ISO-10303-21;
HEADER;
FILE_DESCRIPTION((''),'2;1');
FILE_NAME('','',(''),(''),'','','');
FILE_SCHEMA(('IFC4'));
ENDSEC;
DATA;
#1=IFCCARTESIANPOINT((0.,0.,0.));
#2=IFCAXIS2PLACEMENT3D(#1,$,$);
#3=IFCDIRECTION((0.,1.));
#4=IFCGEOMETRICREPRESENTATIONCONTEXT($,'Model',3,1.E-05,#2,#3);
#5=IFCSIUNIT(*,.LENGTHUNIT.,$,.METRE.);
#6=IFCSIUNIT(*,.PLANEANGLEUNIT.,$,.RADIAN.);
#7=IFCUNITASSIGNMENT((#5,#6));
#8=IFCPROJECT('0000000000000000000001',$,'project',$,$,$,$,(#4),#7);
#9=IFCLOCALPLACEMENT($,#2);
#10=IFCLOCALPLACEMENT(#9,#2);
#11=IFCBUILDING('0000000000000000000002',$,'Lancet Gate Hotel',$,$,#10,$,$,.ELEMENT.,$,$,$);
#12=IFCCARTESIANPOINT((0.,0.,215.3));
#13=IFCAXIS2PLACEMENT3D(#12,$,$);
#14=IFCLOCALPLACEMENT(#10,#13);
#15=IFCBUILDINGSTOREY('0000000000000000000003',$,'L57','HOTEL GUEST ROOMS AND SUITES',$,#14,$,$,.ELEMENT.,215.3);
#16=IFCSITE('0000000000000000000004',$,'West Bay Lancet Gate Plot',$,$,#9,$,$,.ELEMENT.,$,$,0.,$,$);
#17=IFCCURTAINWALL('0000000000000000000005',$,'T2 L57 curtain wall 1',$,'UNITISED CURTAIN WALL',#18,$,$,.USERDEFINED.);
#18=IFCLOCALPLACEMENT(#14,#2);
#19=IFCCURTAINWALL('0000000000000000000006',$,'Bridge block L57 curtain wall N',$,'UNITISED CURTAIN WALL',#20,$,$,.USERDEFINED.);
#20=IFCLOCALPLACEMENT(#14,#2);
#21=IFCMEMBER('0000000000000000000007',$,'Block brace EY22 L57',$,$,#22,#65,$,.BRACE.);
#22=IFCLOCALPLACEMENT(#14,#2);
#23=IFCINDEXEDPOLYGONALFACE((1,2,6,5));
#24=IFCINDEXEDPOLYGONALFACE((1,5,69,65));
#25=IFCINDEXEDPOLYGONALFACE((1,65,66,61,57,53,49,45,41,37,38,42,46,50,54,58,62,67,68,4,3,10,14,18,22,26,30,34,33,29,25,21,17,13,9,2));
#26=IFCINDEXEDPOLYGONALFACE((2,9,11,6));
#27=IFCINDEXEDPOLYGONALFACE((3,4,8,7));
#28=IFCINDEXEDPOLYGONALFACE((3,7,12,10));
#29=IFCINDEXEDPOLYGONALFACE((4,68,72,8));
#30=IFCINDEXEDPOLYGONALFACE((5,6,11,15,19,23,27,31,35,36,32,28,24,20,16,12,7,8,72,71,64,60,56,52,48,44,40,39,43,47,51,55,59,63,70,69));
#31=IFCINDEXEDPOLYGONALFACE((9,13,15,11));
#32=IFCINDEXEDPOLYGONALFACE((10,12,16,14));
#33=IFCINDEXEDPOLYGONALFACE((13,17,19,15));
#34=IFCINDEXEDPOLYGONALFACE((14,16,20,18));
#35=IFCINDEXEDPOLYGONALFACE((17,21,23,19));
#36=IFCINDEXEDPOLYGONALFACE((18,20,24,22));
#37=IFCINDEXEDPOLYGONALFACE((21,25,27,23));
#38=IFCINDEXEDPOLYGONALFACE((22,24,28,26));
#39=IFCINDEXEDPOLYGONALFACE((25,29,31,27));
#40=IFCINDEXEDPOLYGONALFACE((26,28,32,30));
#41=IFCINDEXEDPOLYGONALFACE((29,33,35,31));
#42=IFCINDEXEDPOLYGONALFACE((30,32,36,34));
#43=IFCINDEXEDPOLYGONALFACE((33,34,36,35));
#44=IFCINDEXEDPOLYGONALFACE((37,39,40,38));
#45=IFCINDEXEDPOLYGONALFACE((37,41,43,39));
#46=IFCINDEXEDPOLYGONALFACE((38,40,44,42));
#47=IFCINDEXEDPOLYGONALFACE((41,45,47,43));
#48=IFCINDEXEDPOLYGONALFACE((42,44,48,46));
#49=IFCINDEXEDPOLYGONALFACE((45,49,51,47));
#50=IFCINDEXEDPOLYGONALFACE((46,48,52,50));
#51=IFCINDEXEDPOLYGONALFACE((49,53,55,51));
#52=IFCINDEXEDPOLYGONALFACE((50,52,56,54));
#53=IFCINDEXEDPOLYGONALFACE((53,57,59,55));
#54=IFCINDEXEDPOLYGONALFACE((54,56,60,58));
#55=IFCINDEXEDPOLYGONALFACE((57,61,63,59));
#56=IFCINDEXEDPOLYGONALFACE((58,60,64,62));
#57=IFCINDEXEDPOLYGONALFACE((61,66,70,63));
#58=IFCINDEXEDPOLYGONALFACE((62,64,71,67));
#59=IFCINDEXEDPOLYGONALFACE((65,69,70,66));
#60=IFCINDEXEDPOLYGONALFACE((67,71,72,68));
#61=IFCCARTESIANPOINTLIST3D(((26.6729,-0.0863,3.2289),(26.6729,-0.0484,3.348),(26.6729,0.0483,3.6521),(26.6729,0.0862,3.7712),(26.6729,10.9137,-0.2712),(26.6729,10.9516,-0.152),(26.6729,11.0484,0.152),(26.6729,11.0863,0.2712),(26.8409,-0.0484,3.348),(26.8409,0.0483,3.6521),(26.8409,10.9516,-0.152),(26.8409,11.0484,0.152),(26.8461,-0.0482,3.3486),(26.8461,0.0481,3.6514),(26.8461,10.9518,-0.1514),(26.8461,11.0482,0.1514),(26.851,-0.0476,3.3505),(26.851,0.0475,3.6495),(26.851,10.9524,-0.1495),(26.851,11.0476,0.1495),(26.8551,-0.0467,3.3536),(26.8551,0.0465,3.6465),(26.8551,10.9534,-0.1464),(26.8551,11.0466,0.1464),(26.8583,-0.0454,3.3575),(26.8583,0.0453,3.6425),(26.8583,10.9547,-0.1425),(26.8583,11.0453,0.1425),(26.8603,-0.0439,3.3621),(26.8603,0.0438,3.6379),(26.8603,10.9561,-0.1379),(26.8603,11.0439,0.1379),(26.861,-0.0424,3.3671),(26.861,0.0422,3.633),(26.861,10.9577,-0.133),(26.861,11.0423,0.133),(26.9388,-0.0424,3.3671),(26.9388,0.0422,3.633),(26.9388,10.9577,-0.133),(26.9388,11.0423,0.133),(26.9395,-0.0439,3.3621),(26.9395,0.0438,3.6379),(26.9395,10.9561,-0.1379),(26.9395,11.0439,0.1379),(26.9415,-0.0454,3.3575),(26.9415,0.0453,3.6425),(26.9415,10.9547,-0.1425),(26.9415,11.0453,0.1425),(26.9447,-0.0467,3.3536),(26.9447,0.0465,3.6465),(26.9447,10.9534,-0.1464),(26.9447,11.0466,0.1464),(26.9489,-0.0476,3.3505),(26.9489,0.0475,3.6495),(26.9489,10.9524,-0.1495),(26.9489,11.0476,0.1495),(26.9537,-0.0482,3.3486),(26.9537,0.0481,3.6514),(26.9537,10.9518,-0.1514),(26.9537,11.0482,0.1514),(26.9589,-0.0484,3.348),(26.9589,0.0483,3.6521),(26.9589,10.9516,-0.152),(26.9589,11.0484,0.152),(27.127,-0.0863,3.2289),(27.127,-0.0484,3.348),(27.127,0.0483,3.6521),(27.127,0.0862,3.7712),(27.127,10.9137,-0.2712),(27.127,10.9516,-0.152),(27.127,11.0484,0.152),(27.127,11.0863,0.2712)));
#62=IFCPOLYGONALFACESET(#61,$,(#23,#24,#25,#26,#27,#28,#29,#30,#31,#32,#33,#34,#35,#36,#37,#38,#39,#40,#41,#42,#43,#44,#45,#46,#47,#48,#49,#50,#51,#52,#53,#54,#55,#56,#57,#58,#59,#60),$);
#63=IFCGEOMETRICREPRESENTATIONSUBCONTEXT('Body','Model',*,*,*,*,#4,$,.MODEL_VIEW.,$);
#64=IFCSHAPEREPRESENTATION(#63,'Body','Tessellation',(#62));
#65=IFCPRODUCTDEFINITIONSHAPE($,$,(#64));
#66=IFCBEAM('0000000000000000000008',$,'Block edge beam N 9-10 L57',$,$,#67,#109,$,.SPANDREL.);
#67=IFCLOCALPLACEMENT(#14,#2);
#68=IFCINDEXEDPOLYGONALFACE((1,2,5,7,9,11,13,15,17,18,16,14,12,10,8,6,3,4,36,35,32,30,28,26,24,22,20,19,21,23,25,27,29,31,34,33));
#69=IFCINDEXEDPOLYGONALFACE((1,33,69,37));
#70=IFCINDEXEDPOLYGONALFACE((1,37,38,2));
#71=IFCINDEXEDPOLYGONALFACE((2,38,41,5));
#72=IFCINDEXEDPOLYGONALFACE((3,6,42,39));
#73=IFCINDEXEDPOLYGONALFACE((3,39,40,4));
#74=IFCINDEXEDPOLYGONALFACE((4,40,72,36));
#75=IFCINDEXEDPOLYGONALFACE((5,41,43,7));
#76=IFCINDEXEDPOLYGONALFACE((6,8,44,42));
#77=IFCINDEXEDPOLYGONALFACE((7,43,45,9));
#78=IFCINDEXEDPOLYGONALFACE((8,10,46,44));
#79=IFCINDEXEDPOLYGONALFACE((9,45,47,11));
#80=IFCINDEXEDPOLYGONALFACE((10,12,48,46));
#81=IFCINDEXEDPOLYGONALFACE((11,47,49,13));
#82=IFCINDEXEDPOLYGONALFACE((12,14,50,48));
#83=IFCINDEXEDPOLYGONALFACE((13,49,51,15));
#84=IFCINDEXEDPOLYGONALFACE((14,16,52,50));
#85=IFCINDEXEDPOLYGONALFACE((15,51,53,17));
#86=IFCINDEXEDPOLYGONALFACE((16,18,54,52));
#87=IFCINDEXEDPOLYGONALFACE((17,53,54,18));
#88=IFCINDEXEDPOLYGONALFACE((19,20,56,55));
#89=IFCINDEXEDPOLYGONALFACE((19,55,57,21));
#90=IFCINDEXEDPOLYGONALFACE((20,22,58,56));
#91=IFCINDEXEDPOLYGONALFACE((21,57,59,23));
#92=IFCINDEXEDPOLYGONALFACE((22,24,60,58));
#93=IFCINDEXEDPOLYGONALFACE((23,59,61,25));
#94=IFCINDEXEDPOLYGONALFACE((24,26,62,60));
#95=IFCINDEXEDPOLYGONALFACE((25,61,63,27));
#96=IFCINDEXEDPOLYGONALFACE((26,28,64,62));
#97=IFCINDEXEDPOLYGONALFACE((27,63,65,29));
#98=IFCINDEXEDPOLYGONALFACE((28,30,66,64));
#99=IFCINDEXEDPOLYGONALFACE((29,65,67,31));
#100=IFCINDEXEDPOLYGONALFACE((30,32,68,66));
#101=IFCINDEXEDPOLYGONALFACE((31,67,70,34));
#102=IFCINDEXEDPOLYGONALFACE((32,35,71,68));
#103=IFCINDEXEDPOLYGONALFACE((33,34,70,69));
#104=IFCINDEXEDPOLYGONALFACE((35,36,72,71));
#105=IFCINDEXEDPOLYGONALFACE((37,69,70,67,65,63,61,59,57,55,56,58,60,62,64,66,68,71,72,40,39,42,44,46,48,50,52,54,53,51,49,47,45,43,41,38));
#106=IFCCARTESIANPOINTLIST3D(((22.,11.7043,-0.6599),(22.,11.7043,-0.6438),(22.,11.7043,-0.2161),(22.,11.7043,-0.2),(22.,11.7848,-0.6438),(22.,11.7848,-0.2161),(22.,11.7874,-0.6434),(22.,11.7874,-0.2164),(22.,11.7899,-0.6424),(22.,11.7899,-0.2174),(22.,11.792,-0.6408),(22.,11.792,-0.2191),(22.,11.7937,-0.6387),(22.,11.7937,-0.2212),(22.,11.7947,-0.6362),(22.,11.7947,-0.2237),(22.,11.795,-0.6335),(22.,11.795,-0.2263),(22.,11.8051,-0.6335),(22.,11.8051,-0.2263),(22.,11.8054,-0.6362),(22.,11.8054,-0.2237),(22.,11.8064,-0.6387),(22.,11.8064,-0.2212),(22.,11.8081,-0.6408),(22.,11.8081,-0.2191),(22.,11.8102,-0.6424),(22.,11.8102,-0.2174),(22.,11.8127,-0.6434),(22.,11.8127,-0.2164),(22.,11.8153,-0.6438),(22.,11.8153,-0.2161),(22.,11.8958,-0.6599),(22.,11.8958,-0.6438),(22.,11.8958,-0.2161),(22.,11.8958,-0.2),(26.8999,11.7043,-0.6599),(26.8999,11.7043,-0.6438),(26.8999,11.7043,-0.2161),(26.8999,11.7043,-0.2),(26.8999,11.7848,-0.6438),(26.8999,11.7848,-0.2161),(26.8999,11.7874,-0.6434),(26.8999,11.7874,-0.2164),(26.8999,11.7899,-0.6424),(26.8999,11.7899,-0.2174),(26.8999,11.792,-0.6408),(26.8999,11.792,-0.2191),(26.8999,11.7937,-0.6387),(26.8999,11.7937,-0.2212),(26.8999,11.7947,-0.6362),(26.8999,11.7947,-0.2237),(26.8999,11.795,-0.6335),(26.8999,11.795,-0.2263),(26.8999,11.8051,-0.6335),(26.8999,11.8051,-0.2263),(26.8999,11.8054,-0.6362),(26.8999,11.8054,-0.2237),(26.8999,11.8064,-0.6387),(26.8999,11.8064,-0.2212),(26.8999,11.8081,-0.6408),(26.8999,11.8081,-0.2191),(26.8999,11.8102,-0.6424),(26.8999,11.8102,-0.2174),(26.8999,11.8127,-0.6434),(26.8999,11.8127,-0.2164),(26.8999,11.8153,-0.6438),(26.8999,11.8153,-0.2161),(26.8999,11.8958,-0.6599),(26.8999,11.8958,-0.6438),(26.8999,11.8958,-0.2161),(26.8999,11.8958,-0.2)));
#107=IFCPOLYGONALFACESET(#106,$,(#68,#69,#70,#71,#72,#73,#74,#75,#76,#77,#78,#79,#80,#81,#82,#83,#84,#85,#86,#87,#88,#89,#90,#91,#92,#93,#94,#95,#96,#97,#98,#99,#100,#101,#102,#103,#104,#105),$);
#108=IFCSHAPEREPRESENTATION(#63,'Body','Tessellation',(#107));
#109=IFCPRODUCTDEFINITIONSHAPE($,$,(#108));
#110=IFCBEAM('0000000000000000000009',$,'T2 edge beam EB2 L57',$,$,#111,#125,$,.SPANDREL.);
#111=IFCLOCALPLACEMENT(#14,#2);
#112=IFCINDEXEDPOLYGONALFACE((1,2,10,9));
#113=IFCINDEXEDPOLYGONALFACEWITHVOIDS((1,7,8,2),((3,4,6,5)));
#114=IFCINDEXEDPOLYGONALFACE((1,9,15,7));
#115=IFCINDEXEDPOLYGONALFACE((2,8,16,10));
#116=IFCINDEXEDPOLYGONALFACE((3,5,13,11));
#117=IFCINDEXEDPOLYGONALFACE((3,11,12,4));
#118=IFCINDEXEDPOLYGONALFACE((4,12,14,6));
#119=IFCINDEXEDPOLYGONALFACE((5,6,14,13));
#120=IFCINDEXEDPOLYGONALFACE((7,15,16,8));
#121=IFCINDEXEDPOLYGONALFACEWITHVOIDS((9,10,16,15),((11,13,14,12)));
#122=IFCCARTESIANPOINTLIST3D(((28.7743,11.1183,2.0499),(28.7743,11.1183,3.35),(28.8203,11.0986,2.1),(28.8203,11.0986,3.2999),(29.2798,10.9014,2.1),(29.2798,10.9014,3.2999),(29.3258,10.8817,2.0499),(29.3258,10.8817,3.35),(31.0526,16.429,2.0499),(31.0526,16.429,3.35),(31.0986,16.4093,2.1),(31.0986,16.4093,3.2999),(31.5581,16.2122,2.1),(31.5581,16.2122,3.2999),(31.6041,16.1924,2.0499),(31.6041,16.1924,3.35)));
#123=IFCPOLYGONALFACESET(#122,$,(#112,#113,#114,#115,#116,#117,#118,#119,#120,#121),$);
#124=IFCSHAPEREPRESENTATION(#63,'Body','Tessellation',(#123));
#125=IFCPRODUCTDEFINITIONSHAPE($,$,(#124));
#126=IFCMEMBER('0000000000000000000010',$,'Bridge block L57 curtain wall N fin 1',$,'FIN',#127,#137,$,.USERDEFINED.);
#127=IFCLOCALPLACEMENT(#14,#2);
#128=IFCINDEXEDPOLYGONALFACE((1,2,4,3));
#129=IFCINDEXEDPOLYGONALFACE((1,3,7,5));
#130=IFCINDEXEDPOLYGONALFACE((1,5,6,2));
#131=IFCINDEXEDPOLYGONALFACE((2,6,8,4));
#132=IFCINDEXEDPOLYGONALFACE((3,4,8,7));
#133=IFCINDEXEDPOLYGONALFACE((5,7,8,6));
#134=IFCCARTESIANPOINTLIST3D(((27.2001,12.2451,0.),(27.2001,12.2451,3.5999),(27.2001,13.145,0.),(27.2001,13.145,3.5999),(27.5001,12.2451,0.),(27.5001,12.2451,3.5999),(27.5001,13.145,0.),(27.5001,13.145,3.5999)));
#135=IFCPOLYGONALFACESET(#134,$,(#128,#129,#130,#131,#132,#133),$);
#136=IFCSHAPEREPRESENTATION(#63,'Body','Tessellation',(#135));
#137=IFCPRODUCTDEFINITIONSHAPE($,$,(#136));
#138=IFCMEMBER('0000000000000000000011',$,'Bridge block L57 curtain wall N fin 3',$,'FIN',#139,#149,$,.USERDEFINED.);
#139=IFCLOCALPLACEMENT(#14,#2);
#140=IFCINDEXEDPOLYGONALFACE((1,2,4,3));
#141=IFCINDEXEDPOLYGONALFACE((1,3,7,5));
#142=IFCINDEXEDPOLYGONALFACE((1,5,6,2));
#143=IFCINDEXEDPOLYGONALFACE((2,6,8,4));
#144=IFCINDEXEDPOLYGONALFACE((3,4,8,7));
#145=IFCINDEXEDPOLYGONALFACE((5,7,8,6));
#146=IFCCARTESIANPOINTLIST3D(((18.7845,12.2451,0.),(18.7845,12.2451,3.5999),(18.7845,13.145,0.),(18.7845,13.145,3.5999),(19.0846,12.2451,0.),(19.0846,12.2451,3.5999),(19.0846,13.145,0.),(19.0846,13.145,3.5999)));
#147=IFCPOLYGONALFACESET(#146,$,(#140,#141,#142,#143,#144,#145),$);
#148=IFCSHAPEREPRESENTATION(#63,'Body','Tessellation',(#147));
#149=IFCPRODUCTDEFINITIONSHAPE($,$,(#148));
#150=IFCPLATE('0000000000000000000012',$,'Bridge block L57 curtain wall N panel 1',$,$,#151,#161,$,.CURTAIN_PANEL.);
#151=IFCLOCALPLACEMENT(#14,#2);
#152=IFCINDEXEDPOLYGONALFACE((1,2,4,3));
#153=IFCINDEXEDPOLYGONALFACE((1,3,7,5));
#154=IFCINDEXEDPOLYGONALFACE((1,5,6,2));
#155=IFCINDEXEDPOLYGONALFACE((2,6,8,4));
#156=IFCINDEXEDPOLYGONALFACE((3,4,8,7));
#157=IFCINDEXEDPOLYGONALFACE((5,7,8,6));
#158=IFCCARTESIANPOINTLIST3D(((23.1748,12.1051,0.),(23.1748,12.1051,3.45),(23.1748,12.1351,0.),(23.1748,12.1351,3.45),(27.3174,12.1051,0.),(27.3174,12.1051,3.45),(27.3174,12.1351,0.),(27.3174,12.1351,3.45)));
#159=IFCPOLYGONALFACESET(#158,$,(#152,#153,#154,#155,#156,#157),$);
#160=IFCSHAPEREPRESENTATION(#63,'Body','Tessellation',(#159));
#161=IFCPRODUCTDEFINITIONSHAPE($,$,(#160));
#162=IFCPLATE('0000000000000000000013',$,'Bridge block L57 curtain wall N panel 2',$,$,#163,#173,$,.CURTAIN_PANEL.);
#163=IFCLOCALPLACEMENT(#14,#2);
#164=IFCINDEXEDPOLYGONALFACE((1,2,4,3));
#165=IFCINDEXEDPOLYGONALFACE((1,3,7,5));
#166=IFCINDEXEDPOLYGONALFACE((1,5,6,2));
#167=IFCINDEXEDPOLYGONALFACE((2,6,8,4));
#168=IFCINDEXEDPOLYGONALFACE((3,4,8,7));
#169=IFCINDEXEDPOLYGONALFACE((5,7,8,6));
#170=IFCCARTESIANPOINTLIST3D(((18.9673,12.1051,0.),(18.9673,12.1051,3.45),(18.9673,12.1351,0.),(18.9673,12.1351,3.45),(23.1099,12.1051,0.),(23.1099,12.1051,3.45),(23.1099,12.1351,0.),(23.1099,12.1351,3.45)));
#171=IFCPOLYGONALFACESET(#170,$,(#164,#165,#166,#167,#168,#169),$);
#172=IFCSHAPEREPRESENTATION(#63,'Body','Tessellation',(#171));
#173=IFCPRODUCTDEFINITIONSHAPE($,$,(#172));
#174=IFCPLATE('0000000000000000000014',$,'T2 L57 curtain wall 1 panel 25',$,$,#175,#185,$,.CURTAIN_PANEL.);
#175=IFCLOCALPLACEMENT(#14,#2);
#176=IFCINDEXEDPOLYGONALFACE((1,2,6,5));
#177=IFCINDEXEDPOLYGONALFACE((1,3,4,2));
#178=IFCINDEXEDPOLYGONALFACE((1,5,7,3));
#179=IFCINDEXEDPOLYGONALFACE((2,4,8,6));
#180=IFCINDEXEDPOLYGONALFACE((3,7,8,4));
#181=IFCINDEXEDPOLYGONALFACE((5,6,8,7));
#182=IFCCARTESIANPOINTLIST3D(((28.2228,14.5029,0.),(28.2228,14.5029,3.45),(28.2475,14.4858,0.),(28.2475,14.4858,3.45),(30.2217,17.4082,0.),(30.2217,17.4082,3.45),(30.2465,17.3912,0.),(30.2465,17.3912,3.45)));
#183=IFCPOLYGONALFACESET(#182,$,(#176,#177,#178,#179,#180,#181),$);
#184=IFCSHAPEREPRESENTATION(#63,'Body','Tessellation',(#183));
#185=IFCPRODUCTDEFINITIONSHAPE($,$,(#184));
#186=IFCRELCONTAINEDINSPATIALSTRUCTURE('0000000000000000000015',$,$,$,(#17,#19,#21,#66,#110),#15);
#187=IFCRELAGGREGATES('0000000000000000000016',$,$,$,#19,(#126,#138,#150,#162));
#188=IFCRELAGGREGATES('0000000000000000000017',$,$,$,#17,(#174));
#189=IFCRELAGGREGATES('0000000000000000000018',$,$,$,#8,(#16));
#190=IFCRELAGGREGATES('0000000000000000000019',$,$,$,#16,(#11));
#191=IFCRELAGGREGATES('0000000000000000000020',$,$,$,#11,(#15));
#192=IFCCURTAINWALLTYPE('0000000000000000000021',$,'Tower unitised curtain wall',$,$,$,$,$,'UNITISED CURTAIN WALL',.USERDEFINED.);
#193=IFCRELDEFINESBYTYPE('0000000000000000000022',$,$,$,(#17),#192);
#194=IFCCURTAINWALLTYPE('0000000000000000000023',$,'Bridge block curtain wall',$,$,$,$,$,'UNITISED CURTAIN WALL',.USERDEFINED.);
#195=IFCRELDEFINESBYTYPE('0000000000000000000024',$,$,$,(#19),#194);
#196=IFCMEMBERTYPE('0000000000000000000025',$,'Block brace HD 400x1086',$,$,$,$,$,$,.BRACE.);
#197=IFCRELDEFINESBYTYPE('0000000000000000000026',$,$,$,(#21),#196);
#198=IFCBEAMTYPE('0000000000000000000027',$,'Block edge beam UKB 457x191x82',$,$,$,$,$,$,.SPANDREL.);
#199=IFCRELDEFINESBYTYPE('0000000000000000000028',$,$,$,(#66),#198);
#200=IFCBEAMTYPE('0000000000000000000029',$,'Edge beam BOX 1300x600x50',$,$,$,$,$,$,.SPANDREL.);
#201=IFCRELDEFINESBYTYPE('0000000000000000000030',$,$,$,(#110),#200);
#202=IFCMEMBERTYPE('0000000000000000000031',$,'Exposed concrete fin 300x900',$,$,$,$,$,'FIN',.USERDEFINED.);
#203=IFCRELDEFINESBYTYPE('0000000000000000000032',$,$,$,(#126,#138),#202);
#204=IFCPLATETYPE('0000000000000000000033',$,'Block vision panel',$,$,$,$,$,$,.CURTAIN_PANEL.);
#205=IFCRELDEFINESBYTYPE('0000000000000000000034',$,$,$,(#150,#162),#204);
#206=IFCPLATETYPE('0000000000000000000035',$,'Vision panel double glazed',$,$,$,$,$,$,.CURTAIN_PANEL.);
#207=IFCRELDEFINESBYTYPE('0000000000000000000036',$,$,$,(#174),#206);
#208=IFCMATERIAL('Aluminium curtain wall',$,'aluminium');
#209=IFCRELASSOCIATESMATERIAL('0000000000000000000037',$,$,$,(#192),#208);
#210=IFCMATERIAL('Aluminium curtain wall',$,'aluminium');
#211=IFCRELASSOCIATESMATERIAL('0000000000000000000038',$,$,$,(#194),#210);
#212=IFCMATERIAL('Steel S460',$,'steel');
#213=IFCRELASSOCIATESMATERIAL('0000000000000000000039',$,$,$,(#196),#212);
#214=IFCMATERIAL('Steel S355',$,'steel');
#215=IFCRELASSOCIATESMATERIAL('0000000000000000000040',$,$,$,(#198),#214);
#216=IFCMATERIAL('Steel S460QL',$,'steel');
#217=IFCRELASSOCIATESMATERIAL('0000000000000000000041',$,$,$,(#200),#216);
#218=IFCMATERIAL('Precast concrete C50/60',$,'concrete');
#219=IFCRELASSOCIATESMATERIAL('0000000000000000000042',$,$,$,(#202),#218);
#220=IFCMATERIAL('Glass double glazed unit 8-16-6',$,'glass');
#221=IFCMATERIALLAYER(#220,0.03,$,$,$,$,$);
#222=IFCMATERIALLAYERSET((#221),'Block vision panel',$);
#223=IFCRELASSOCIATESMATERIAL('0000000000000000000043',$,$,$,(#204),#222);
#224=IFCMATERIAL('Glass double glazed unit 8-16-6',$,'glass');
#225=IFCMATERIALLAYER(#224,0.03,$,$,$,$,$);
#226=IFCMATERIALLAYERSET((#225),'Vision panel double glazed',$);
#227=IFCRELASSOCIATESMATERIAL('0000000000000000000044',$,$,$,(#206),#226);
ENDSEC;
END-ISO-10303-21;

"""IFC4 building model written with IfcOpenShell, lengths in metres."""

from ifc_helpers import new_model, si_unit, direction, frame, origin, origin_2d, place, context, subcontext, project, spatial, rectangle, hollow_rectangle, i_section, extrude, material, layer, layer_set, material_profile, profile_set, type_object, element, aggregate, save


model = new_model("IFC4")

# Units and contexts
model_context = context("Model", 3, precision=1e-05, world=origin(), true_north=direction((0.0, 1.0)))
body_context = subcontext(model_context, "Body", "Model", "MODEL_VIEW")
ifc_project = project(units=[si_unit("LENGTHUNIT", "METRE"), si_unit("PLANEANGLEUNIT", "RADIAN")], contexts=[model_context])

# Site, building, storey
site_placement = place(None, origin())
site = spatial("IfcSite", under=ifc_project, at=site_placement, Name="West Bay Lancet Gate Plot", CompositionType="ELEMENT", RefElevation=0.0)
building_placement = place(site_placement, origin())
building = spatial("IfcBuilding", under=site, at=building_placement, Name="Lancet Gate Hotel", CompositionType="ELEMENT")
storey_placement = place(building_placement, frame((0.0, 0.0, 215.3)))
storey = spatial("IfcBuildingStorey", under=building, at=storey_placement, Name="L57", Description="HOTEL GUEST ROOMS AND SUITES", CompositionType="ELEMENT", Elevation=215.3)

# Curtain walls
ifc_material_1 = material(Name="Aluminium curtain wall", Category="aluminium")
curtain_wall_type_1 = type_object("IfcCurtainWallType", Name="Tower unitised curtain wall", ElementType="UNITISED CURTAIN WALL", PredefinedType="USERDEFINED", material=ifc_material_1)
curtain_wall_1_placement = place(storey_placement, origin())
curtain_wall_1 = element("IfcCurtainWall", 1, at=curtain_wall_1_placement, inside=storey, type_object=curtain_wall_type_1, Name="T2 L57 curtain wall 1", ObjectType="UNITISED CURTAIN WALL", PredefinedType="USERDEFINED")
ifc_material_2 = material(Name="Aluminium curtain wall", Category="aluminium")
curtain_wall_type_2 = type_object("IfcCurtainWallType", Name="Bridge block curtain wall", ElementType="UNITISED CURTAIN WALL", PredefinedType="USERDEFINED", material=ifc_material_2)
curtain_wall_2_placement = place(storey_placement, origin())
curtain_wall_2 = element("IfcCurtainWall", 2, at=curtain_wall_2_placement, inside=storey, type_object=curtain_wall_type_2, Name="Bridge block L57 curtain wall N", ObjectType="UNITISED CURTAIN WALL", PredefinedType="USERDEFINED")

# Member
ifc_material_3 = material(Name="Steel S460", Category="steel")
ifc_material_profile_1 = material_profile(ifc_material_3, i_section(OverallWidth=0.4541, OverallDepth=0.5691, WebThickness=0.0779, FlangeThickness=0.125, FilletRadius=0.02, at=origin_2d()), Name="HD 400x1086")
ifc_profile_set_1 = profile_set([ifc_material_profile_1], Name="Steel S460")
member_type_1 = type_object("IfcMemberType", Name="Block brace HD 400x1086", PredefinedType="BRACE", material=ifc_profile_set_1)
member_1_placement = place(storey_placement, frame((26.8999, 11.0, 0.0), z_axis=(0.0, -0.952926, 0.303204), x_axis=(1.0, 0.0, 0.0)))
element("IfcMember", 3, at=member_1_placement, inside=storey, type_object=member_type_1, Name="Block brace EY22 L57", PredefinedType="BRACE", context=body_context, shape_type="SweptSolid", body=[
    extrude(i_section(OverallWidth=0.4541, OverallDepth=0.5691, WebThickness=0.0779, FlangeThickness=0.125, FilletRadius=0.02, at=origin_2d()), origin(), (0.0, 0.0, 1.0), 11.5435),
])

# Beams
ifc_material_4 = material(Name="Steel S355", Category="steel")
ifc_material_profile_2 = material_profile(ifc_material_4, i_section(OverallWidth=0.1914, OverallDepth=0.46, WebThickness=0.01, FlangeThickness=0.0161, FilletRadius=0.0103, at=origin_2d()), Name="UKB 457x191x82")
ifc_profile_set_2 = profile_set([ifc_material_profile_2], Name="Steel S355")
beam_type_1 = type_object("IfcBeamType", Name="Block edge beam UKB 457x191x82", PredefinedType="SPANDREL", material=ifc_profile_set_2)
beam_1_placement = place(storey_placement, frame((22.0, 11.8, -0.4299), z_axis=(1.0, 0.0, 0.0), x_axis=(0.0, 1.0, 0.0)))
element("IfcBeam", 4, at=beam_1_placement, inside=storey, type_object=beam_type_1, Name="Block edge beam N 9-10 L57", PredefinedType="SPANDREL", context=body_context, shape_type="SweptSolid", body=[
    extrude(i_section(OverallWidth=0.1914, OverallDepth=0.46, WebThickness=0.01, FlangeThickness=0.0161, FilletRadius=0.0103, at=origin_2d()), origin(), (0.0, 0.0, 1.0), 4.8999),
])
ifc_material_5 = material(Name="Steel S460QL", Category="steel")
ifc_material_profile_3 = material_profile(ifc_material_5, hollow_rectangle(XDim=0.6001, YDim=1.3, WallThickness=0.05, at=origin_2d()), Name="BOX 1300x600x50")
ifc_profile_set_3 = profile_set([ifc_material_profile_3], Name="Steel S460QL")
beam_type_2 = type_object("IfcBeamType", Name="Edge beam BOX 1300x600x50", PredefinedType="SPANDREL", material=ifc_profile_set_3)
beam_2_placement = place(storey_placement, frame((29.05, 11.0, 2.7), z_axis=(0.394251, 0.919003, 0.0), x_axis=(-0.919003, 0.394251, 0.0)))
element("IfcBeam", 5, at=beam_2_placement, inside=storey, type_object=beam_type_2, Name="T2 edge beam EB2 L57", PredefinedType="SPANDREL", context=body_context, shape_type="SweptSolid", body=[
    extrude(hollow_rectangle(XDim=0.6001, YDim=1.3, WallThickness=0.05, at=origin_2d()), origin(), (0.0, 0.0, 1.0), 5.7788),
])

# Members
ifc_material_6 = material(Name="Precast concrete C50/60", Category="concrete")
ifc_material_profile_4 = material_profile(ifc_material_6, rectangle(XDim=0.3, YDim=0.8999, at=origin_2d()), Name="FIN 300x900")
ifc_profile_set_4 = profile_set([ifc_material_profile_4], Name="Precast concrete C50/60")
member_type_2 = type_object("IfcMemberType", Name="Exposed concrete fin 300x900", ElementType="FIN", PredefinedType="USERDEFINED", material=ifc_profile_set_4)
member_2_placement = place(storey_placement, frame((27.3501, 12.6951, 0.0), z_axis=(0.0, 0.0, 1.0), x_axis=(-1.0, 0.0, 0.0)))
member_2 = element("IfcMember", 6, at=member_2_placement, type_object=member_type_2, Name="Bridge block L57 curtain wall N fin 1", ObjectType="FIN", PredefinedType="USERDEFINED", context=body_context, shape_type="SweptSolid", body=[
    extrude(rectangle(XDim=0.3, YDim=0.8999, at=origin_2d()), origin(), (0.0, 0.0, 1.0), 3.5999),
])
member_3_placement = place(storey_placement, frame((18.9346, 12.6951, 0.0), z_axis=(0.0, 0.0, 1.0), x_axis=(-1.0, 0.0, 0.0)))
member_3 = element("IfcMember", 7, at=member_3_placement, type_object=member_type_2, Name="Bridge block L57 curtain wall N fin 3", ObjectType="FIN", PredefinedType="USERDEFINED", context=body_context, shape_type="SweptSolid", body=[
    extrude(rectangle(XDim=0.3, YDim=0.8999, at=origin_2d()), origin(), (0.0, 0.0, 1.0), 3.5999),
])

# Plates
ifc_material_7 = material(Name="Glass double glazed unit 8-16-6", Category="glass")
ifc_layer_1 = layer(ifc_material_7, 0.03)
ifc_layer_set_1 = layer_set([ifc_layer_1], Name="Block vision panel")
plate_type_1 = type_object("IfcPlateType", Name="Block vision panel", PredefinedType="CURTAIN_PANEL", material=ifc_layer_set_1)
plate_1_placement = place(storey_placement, frame((25.2461, 12.1201, 0.0), z_axis=(0.0, 0.0, 1.0), x_axis=(-1.0, 0.0, 0.0)))
plate_1 = element("IfcPlate", 8, at=plate_1_placement, type_object=plate_type_1, Name="Bridge block L57 curtain wall N panel 1", PredefinedType="CURTAIN_PANEL", context=body_context, shape_type="SweptSolid", body=[
    extrude(rectangle(XDim=4.1426, YDim=0.03, at=origin_2d()), origin(), (0.0, 0.0, 1.0), 3.45),
])
plate_2_placement = place(storey_placement, frame((21.0386, 12.1201, 0.0), z_axis=(0.0, 0.0, 1.0), x_axis=(-1.0, 0.0, 0.0)))
plate_2 = element("IfcPlate", 9, at=plate_2_placement, type_object=plate_type_1, Name="Bridge block L57 curtain wall N panel 2", PredefinedType="CURTAIN_PANEL", context=body_context, shape_type="SweptSolid", body=[
    extrude(rectangle(XDim=4.1426, YDim=0.03, at=origin_2d()), origin(), (0.0, 0.0, 1.0), 3.45),
])
aggregate(curtain_wall_2, [member_2, member_3, plate_1, plate_2])
ifc_material_8 = material(Name="Glass double glazed unit 8-16-6", Category="glass")
ifc_layer_2 = layer(ifc_material_8, 0.03)
ifc_layer_set_2 = layer_set([ifc_layer_2], Name="Vision panel double glazed")
plate_type_2 = type_object("IfcPlateType", Name="Vision panel double glazed", PredefinedType="CURTAIN_PANEL", material=ifc_layer_set_2)
plate_3_placement = place(storey_placement, frame((29.2346, 15.947, 0.0), z_axis=(0.0, 0.0, 1.0), x_axis=(-0.566824, -0.823839, 0.0)))
plate_3 = element("IfcPlate", 10, at=plate_3_placement, type_object=plate_type_2, Name="T2 L57 curtain wall 1 panel 25", PredefinedType="CURTAIN_PANEL", context=body_context, shape_type="SweptSolid", body=[
    extrude(rectangle(XDim=3.5266, YDim=0.03, at=origin_2d()), origin(), (0.0, 0.0, 1.0), 3.45),
])
aggregate(curtain_wall_1, [plate_3])

save(model, "model.ifc")
